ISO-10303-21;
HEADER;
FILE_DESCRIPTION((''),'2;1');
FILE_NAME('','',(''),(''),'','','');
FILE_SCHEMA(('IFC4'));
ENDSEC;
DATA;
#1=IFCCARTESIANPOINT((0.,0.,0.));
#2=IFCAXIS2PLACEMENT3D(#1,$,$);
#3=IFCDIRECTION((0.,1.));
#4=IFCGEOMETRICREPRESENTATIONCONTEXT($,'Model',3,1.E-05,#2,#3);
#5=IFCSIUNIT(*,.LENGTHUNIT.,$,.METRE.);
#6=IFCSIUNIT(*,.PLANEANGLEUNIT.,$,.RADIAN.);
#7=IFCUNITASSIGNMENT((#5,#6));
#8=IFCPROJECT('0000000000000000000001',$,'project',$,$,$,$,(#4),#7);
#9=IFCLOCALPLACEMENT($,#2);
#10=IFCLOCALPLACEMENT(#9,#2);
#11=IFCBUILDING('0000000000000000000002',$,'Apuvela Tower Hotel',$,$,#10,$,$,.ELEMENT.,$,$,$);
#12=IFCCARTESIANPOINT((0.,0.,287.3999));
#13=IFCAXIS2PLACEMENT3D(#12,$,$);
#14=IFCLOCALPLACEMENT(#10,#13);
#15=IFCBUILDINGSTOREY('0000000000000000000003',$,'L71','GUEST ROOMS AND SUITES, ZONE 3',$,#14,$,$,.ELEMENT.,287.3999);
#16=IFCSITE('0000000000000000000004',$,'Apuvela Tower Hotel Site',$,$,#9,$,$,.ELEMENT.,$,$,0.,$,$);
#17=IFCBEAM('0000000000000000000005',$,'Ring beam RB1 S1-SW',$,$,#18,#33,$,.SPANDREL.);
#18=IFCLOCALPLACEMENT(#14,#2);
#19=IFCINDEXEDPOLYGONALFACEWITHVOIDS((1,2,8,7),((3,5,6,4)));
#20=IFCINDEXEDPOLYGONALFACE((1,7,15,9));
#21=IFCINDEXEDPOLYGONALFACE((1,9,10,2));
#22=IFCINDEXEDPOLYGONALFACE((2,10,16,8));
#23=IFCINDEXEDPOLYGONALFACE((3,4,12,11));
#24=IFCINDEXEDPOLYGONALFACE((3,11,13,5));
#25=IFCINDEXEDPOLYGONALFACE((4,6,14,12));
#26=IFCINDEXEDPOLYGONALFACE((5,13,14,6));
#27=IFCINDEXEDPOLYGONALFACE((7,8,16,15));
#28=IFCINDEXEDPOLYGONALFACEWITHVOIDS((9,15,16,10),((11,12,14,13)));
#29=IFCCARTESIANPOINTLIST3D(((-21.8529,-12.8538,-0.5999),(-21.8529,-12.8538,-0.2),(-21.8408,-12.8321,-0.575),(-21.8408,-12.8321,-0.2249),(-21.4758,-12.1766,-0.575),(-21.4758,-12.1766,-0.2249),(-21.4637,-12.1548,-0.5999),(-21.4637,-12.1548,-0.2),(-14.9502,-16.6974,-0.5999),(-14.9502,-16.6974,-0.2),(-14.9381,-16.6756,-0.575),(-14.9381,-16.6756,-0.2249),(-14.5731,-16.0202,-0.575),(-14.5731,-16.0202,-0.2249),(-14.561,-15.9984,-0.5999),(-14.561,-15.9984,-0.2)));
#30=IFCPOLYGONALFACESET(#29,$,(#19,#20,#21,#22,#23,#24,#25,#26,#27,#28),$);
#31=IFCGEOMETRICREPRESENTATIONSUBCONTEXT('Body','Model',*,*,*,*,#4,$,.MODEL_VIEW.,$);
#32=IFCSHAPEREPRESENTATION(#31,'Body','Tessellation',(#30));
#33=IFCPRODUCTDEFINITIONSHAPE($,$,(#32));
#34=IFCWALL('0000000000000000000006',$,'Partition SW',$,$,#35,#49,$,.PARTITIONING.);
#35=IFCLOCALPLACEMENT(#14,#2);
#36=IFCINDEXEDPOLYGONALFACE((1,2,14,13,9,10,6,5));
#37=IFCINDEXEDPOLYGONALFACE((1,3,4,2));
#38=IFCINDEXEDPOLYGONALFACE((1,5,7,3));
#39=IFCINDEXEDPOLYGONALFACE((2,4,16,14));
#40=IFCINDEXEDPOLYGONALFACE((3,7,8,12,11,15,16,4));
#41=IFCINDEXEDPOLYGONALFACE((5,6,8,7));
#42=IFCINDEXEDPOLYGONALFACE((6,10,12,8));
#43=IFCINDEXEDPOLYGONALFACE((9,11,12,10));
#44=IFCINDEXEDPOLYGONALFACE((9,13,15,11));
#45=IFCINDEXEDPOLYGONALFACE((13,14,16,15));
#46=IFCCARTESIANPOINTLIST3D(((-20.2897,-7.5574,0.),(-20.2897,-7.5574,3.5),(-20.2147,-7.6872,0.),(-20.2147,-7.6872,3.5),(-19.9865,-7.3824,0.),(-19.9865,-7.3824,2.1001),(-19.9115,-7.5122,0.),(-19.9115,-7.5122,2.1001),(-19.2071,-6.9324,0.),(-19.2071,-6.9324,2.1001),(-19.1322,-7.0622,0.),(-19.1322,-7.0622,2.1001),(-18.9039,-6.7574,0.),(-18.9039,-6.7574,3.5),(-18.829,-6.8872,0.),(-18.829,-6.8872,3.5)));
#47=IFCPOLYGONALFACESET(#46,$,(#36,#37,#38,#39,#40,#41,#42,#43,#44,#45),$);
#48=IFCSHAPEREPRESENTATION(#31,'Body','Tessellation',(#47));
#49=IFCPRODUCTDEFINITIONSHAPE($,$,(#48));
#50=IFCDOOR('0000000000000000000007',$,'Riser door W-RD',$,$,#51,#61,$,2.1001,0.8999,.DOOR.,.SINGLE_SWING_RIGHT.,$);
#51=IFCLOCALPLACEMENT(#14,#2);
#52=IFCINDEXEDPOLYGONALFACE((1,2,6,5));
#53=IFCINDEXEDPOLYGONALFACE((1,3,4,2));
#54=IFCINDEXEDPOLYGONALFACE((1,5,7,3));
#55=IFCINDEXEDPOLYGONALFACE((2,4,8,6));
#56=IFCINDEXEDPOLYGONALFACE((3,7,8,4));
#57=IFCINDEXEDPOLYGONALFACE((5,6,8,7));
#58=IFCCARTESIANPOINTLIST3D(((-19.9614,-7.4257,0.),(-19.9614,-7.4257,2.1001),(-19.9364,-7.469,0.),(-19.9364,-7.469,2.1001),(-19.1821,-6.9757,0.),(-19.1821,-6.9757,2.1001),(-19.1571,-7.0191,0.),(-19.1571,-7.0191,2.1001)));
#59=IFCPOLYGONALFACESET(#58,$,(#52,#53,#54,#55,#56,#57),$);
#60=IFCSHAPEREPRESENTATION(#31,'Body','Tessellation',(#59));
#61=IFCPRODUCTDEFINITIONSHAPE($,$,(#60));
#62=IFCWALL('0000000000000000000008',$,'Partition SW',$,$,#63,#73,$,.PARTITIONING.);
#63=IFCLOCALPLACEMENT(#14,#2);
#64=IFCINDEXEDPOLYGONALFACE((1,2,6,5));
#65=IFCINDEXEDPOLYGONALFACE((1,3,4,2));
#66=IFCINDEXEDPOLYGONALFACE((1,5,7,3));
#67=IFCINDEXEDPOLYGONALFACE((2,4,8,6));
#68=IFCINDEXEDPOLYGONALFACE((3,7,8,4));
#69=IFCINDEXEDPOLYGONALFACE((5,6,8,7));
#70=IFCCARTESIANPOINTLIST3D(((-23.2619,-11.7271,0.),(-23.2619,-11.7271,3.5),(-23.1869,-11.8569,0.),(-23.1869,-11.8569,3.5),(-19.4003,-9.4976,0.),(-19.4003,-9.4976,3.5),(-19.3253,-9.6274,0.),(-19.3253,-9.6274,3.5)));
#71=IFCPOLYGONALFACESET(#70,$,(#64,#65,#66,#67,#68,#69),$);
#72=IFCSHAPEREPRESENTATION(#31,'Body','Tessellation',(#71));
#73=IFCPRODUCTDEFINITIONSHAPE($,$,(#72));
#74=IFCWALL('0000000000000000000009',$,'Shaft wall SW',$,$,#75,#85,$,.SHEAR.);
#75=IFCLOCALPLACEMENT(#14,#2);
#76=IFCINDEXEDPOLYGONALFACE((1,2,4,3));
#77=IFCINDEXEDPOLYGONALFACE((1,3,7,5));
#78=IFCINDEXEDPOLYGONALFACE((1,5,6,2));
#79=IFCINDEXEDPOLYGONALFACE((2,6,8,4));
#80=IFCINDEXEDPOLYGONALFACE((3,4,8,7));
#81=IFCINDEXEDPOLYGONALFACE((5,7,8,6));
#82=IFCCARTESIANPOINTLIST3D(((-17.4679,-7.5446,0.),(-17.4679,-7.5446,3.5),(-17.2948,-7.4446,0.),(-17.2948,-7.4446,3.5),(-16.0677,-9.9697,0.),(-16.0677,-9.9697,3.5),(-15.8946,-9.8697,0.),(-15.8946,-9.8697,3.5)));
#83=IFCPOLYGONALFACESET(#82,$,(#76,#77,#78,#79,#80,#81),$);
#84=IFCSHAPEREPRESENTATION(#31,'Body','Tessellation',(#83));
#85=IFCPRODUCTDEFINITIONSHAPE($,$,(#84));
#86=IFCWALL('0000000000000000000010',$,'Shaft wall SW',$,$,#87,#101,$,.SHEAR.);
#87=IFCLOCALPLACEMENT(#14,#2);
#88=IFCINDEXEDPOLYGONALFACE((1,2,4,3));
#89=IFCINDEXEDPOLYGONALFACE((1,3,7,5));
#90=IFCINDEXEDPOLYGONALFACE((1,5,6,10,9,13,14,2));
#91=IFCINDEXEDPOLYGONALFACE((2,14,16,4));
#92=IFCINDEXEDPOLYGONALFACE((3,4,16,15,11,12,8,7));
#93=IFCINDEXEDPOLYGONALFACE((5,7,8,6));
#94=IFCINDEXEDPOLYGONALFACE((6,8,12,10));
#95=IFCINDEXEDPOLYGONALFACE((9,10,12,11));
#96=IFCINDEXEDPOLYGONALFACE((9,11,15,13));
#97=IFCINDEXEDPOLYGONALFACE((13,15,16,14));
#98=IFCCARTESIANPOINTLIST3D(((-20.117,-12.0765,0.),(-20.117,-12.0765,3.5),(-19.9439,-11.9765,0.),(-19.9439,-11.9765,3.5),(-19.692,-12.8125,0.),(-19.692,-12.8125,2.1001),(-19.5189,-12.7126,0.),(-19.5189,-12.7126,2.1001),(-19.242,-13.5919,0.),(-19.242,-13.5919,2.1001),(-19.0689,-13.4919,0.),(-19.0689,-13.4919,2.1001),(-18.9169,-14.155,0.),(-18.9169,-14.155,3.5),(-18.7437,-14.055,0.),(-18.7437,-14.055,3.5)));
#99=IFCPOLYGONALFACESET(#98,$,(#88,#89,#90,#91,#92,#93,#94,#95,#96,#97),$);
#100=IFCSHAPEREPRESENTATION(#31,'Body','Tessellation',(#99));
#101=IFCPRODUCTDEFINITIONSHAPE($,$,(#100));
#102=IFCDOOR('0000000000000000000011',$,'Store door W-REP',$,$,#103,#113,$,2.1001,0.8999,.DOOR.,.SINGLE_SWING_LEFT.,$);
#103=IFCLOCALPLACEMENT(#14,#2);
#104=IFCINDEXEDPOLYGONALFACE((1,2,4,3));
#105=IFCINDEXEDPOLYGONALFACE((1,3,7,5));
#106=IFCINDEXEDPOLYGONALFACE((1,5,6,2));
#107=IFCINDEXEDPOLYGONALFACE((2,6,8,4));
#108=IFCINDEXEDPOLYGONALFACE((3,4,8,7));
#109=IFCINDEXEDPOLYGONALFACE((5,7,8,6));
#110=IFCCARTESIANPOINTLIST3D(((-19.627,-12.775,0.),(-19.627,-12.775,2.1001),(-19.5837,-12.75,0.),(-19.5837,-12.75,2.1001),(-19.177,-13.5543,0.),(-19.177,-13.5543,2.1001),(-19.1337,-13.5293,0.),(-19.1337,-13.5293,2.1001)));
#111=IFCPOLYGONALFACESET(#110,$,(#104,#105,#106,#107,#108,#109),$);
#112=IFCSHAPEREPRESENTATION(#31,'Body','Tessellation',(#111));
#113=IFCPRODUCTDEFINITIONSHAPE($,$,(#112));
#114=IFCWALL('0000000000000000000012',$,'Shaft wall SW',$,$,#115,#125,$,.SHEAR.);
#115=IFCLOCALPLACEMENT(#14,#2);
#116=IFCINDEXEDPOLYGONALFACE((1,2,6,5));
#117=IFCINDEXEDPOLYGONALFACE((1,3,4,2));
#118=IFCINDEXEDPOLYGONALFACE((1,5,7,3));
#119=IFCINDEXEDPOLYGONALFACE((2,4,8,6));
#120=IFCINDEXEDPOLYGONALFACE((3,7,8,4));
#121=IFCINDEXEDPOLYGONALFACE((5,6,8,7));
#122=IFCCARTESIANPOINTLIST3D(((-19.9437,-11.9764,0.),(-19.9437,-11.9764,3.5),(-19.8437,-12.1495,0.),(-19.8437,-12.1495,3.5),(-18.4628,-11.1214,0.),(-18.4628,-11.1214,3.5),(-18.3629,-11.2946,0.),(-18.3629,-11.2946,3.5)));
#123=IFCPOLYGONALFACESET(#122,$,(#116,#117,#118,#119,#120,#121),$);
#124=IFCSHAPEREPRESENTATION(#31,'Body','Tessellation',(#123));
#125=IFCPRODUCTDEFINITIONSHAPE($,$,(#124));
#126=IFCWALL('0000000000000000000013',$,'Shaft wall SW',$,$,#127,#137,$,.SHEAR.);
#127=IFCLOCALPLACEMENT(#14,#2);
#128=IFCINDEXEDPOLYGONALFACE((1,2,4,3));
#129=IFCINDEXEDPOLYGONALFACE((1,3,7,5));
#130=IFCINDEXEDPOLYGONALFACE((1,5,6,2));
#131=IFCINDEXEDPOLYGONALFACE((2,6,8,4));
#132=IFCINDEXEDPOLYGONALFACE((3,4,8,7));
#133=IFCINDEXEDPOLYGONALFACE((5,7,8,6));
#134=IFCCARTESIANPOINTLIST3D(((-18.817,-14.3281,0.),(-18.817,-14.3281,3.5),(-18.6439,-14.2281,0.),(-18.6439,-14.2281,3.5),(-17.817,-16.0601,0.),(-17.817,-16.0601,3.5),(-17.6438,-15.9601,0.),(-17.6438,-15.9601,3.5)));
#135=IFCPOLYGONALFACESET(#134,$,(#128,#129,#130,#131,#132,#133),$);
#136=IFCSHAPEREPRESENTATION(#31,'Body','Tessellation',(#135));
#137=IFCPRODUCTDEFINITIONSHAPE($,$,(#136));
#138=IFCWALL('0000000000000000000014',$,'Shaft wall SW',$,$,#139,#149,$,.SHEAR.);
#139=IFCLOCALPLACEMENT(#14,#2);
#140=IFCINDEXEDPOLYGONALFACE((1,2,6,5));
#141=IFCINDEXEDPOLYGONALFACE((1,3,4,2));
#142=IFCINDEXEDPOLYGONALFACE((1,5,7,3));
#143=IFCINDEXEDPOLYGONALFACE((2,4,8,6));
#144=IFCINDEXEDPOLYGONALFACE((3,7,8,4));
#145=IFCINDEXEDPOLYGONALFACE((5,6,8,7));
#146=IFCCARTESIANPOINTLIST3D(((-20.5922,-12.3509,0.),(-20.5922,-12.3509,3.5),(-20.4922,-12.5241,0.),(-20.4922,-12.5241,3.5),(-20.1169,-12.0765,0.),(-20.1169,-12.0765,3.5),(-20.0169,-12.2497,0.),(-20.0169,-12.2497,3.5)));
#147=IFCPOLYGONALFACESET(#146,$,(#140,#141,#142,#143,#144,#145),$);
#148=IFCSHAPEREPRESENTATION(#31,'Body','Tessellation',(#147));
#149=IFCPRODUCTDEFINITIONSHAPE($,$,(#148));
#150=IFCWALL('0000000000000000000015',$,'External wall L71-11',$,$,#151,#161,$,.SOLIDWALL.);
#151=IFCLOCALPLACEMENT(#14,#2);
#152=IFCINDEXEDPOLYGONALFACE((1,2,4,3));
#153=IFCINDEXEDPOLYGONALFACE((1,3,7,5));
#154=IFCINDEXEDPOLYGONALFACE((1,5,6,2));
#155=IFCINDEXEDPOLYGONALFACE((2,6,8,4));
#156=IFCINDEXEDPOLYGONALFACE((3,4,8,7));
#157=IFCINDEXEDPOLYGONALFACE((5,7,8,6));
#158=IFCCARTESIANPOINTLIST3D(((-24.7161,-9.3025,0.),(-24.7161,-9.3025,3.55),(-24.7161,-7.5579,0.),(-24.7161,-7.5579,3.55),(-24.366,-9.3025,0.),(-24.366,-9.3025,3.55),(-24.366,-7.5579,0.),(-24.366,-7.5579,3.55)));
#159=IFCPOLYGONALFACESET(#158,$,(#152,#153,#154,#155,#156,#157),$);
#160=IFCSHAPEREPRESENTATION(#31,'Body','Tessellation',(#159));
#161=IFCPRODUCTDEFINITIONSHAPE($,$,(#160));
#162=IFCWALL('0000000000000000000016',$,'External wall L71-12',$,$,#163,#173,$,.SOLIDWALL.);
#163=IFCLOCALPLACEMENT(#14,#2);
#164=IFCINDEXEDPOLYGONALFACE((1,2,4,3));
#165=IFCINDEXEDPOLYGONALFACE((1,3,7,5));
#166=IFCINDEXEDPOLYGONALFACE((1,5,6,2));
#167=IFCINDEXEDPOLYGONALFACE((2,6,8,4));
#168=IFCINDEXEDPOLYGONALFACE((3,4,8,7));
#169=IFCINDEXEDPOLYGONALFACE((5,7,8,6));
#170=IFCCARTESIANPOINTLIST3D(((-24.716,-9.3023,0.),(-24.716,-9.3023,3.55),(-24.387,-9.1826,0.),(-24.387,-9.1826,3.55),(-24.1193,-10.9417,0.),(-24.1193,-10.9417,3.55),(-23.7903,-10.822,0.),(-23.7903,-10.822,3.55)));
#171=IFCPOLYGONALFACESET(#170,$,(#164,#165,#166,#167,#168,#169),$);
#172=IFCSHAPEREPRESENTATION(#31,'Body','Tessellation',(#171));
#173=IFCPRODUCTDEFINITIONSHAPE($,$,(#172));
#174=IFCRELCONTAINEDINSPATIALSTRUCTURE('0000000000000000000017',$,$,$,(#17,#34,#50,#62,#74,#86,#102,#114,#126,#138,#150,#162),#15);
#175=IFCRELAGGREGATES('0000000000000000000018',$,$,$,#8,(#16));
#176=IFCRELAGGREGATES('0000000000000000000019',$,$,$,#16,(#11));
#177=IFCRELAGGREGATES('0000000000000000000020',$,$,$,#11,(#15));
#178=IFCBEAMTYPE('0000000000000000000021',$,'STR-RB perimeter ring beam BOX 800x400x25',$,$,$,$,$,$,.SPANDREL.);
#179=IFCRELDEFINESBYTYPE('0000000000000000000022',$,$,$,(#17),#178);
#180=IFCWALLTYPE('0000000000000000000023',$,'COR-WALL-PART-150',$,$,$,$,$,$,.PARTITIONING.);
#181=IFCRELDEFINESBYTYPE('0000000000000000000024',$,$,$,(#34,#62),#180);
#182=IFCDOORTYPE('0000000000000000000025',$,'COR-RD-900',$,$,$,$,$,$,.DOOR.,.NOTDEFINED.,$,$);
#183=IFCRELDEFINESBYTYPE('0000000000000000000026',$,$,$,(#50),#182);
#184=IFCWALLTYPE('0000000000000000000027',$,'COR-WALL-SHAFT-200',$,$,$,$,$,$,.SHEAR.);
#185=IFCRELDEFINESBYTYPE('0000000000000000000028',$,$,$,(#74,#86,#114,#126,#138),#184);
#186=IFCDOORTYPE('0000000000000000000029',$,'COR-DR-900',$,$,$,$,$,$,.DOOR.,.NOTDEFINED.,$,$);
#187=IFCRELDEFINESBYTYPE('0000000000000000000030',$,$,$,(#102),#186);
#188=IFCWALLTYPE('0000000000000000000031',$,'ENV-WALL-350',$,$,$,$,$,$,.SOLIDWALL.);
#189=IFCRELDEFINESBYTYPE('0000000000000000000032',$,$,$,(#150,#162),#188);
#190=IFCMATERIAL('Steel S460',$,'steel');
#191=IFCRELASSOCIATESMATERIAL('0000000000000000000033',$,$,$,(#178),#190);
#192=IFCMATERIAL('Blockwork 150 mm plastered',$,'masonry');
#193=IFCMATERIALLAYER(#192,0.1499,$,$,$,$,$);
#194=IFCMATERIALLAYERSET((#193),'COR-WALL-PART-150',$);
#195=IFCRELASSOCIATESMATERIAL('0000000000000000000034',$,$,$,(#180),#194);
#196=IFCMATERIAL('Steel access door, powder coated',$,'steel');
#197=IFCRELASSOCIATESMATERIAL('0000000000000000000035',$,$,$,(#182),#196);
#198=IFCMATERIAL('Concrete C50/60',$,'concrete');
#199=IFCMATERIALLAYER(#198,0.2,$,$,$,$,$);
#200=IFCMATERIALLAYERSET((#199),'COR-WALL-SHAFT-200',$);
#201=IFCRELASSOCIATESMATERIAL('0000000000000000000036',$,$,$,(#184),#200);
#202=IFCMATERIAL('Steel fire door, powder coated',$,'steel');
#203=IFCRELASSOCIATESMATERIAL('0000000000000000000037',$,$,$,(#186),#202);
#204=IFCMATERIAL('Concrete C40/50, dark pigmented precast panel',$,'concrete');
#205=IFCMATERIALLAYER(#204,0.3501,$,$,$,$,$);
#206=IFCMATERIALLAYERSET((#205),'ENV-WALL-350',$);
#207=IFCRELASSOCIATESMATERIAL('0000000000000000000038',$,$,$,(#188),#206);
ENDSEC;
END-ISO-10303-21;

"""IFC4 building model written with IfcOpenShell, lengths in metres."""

from ifc_helpers import new_model, si_unit, direction, frame, frame_2d, origin, origin_2d, place, context, subcontext, project, spatial, rectangle, hollow_rectangle, extrude, material, layer, layer_set, material_profile, profile_set, type_object, element, fill, save


model = new_model("IFC4")

# Units and contexts
model_context = context("Model", 3, precision=1e-05, world=origin(), true_north=direction((0.0, 1.0)))
body_context = subcontext(model_context, "Body", "Model", "MODEL_VIEW")
ifc_project = project(units=[si_unit("LENGTHUNIT", "METRE"), si_unit("PLANEANGLEUNIT", "RADIAN")], contexts=[model_context])

# Site, building, storey
site_placement = place(None, origin())
site = spatial("IfcSite", under=ifc_project, at=site_placement, Name="Apuvela Tower Hotel Site", CompositionType="ELEMENT", RefElevation=0.0)
building_placement = place(site_placement, origin())
building = spatial("IfcBuilding", under=site, at=building_placement, Name="Apuvela Tower Hotel", CompositionType="ELEMENT")
storey_placement = place(building_placement, frame((0.0, 0.0, 287.3999)))
storey = spatial("IfcBuildingStorey", under=building, at=storey_placement, Name="L71", Description="GUEST ROOMS AND SUITES, ZONE 3", CompositionType="ELEMENT", Elevation=287.3999)

# Shared definitions
ifc_material_1 = material(Name="Steel S460", Category="steel")

# Beam
ifc_material_profile_1 = material_profile(ifc_material_1, hollow_rectangle(XDim=0.8, YDim=0.3999, WallThickness=0.0249, at=origin_2d()), Name="BOX 800x400x25")
ifc_profile_set_1 = profile_set([ifc_material_profile_1], Name="Steel S460")
beam_type = type_object("IfcBeamType", Name="STR-RB perimeter ring beam BOX 800x400x25", PredefinedType="SPANDREL", material=ifc_profile_set_1)
beam_placement = place(storey_placement, frame((-14.7556, -16.3479, -0.3999), z_axis=(-0.873688, 0.486488, 0.0), x_axis=(-0.486488, -0.873688, 0.0)))
element("IfcBeam", 1, at=beam_placement, inside=storey, type_object=beam_type, Name="Ring beam RB1 S1-SW", PredefinedType="SPANDREL", context=body_context, shape_type="SweptSolid", body=[
    extrude(hollow_rectangle(XDim=0.8, YDim=0.3999, WallThickness=0.0249, at=origin_2d()), origin(), (0.0, 0.0, 1.0), 7.9006),
])

# Wall, opening, door
ifc_material_2 = material(Name="Blockwork 150 mm plastered", Category="masonry")
ifc_layer_1 = layer(ifc_material_2, 0.1499)
ifc_layer_set_1 = layer_set([ifc_layer_1], Name="COR-WALL-PART-150")
wall_type_1 = type_object("IfcWallType", Name="COR-WALL-PART-150", PredefinedType="PARTITIONING", material=ifc_layer_set_1)
wall_1_placement = place(storey_placement, frame((-18.8665, -6.8223, 0.0), z_axis=(0.0, 0.0, 1.0), x_axis=(-0.866028, -0.499995, 0.0)))
wall_1 = element("IfcWall", 2, at=wall_1_placement, inside=storey, type_object=wall_type_1, Name="Partition SW", PredefinedType="PARTITIONING", context=body_context, shape_type="SweptSolid", body=[
    extrude(rectangle(XDim=1.6001, YDim=0.1499, at=frame_2d((0.8, 0.0))), origin(), (0.0, 0.0, 1.0), 3.5),
])
opening_1_placement = place(wall_1_placement, frame((0.3501, 0.0, 0.0)))
opening_1 = element("IfcOpeningElement", 3, at=opening_1_placement, cuts=wall_1, PredefinedType="OPENING", context=body_context, shape_type="SweptSolid", body=[
    extrude(rectangle(XDim=0.8999, YDim=2.1001, at=frame_2d((0.45, 1.05))), frame((0.0, 0.085, 0.0), z_axis=(0.0, -1.0, 0.0), x_axis=(1.0, 0.0, 0.0)), (0.0, 0.0, 1.0), 0.1699),
])
ifc_material_3 = material(Name="Steel access door, powder coated", Category="steel")
door_type_1 = type_object("IfcDoorType", Name="COR-RD-900", OperationType="NOTDEFINED", PredefinedType="DOOR", material=ifc_material_3)
door_1_placement = place(opening_1_placement, frame((0.8999, 0.0, 0.0), z_axis=(0.0, 0.0, 1.0), x_axis=(-1.0, 0.0, 0.0)))
door_1 = element("IfcDoor", 4, at=door_1_placement, inside=storey, type_object=door_type_1, Name="Riser door W-RD", OperationType="SINGLE_SWING_RIGHT", OverallHeight=2.1001, OverallWidth=0.8999, PredefinedType="DOOR", context=body_context, shape_type="SweptSolid", body=[
    extrude(rectangle(XDim=0.8999, YDim=2.1001, at=frame_2d((0.45, 1.05))), frame((0.0, 0.0249, 0.0), z_axis=(0.0, -1.0, 0.0), x_axis=(1.0, 0.0, 0.0)), (0.0, 0.0, 1.0), 0.05),
])
fill(opening_1, door_1)

# Walls
wall_2_placement = place(storey_placement, frame((-19.3628, -9.5625, 0.0), z_axis=(0.0, 0.0, 1.0), x_axis=(-0.866024, -0.500002, 0.0)))
element("IfcWall", 5, at=wall_2_placement, inside=storey, type_object=wall_type_1, Name="Partition SW", PredefinedType="PARTITIONING", context=body_context, shape_type="SweptSolid", body=[
    extrude(rectangle(XDim=4.459, YDim=0.1499, at=frame_2d((2.2295, 0.0))), origin(), (0.0, 0.0, 1.0), 3.5),
])
ifc_material_4 = material(Name="Concrete C50/60", Category="concrete")
ifc_layer_2 = layer(ifc_material_4, 0.2)
ifc_layer_set_2 = layer_set([ifc_layer_2], Name="COR-WALL-SHAFT-200")
wall_type_2 = type_object("IfcWallType", Name="COR-WALL-SHAFT-200", PredefinedType="SHEAR", material=ifc_layer_set_2)
wall_3_placement = place(storey_placement, frame((-17.3813, -7.4946, 0.0), z_axis=(0.0, 0.0, 1.0), x_axis=(0.500012, -0.866019, 0.0)))
element("IfcWall", 6, at=wall_3_placement, inside=storey, type_object=wall_type_2, Name="Shaft wall SW", PredefinedType="SHEAR", context=body_context, shape_type="SweptSolid", body=[
    extrude(rectangle(XDim=2.8003, YDim=0.2, at=frame_2d((1.4001, 0.0))), origin(), (0.0, 0.0, 1.0), 3.5),
])

# Wall, opening, door
wall_4_placement = place(storey_placement, frame((-20.0305, -12.0264, 0.0), z_axis=(0.0, 0.0, 1.0), x_axis=(0.500034, -0.866006, 0.0)))
wall_4 = element("IfcWall", 7, at=wall_4_placement, inside=storey, type_object=wall_type_2, Name="Shaft wall SW", PredefinedType="SHEAR", context=body_context, shape_type="SweptSolid", body=[
    extrude(rectangle(XDim=2.4001, YDim=0.2, at=frame_2d((1.2002, 0.0))), origin(), (0.0, 0.0, 1.0), 3.5),
])
opening_2_placement = place(wall_4_placement, frame((0.8501, 0.0, 0.0)))
opening_2 = element("IfcOpeningElement", 8, at=opening_2_placement, cuts=wall_4, PredefinedType="OPENING", context=body_context, shape_type="SweptSolid", body=[
    extrude(rectangle(XDim=0.8999, YDim=2.1001, at=frame_2d((0.45, 1.05))), frame((0.0, 0.1099, 0.0), z_axis=(0.0, -1.0, 0.0), x_axis=(1.0, 0.0, 0.0)), (0.0, 0.0, 1.0), 0.22),
])
ifc_material_5 = material(Name="Steel fire door, powder coated", Category="steel")
door_type_2 = type_object("IfcDoorType", Name="COR-DR-900", OperationType="NOTDEFINED", PredefinedType="DOOR", material=ifc_material_5)
door_2_placement = place(opening_2_placement, frame((0.8999, 0.0, 0.0), z_axis=(0.0, 0.0, 1.0), x_axis=(-1.0, 0.0, 0.0)))
door_2 = element("IfcDoor", 9, at=door_2_placement, inside=storey, type_object=door_type_2, Name="Store door W-REP", OperationType="SINGLE_SWING_LEFT", OverallHeight=2.1001, OverallWidth=0.8999, PredefinedType="DOOR", context=body_context, shape_type="SweptSolid", body=[
    extrude(rectangle(XDim=0.8999, YDim=2.1001, at=frame_2d((0.45, 1.05))), frame((0.0, 0.0249, 0.0), z_axis=(0.0, -1.0, 0.0), x_axis=(1.0, 0.0, 0.0)), (0.0, 0.0, 1.0), 0.05),
])
fill(opening_2, door_2)

# Walls
wall_5_placement = place(storey_placement, frame((-18.4128, -11.208, 0.0), z_axis=(0.0, 0.0, 1.0), x_axis=(-0.866038, -0.499978, 0.0)))
element("IfcWall", 10, at=wall_5_placement, inside=storey, type_object=wall_type_2, Name="Shaft wall SW", PredefinedType="SHEAR", context=body_context, shape_type="SweptSolid", body=[
    extrude(rectangle(XDim=1.71, YDim=0.2, at=frame_2d((0.855, 0.0))), origin(), (0.0, 0.0, 1.0), 3.5),
])
wall_6_placement = place(storey_placement, frame((-18.7305, -14.2781, 0.0), z_axis=(0.0, 0.0, 1.0), x_axis=(0.500025, -0.866011, 0.0)))
element("IfcWall", 11, at=wall_6_placement, inside=storey, type_object=wall_type_2, Name="Shaft wall SW", PredefinedType="SHEAR", context=body_context, shape_type="SweptSolid", body=[
    extrude(rectangle(XDim=2.0, YDim=0.2, at=frame_2d((1.0, 0.0))), origin(), (0.0, 0.0, 1.0), 3.5),
])
wall_7_placement = place(storey_placement, frame((-20.0669, -12.1631, 0.0), z_axis=(0.0, 0.0, 1.0), x_axis=(-0.866045, -0.499966, 0.0)))
element("IfcWall", 12, at=wall_7_placement, inside=storey, type_object=wall_type_2, Name="Shaft wall SW", PredefinedType="SHEAR", context=body_context, shape_type="SweptSolid", body=[
    extrude(rectangle(XDim=0.5488, YDim=0.2, at=frame_2d((0.2744, 0.0))), origin(), (0.0, 0.0, 1.0), 3.5),
])
ifc_material_6 = material(Name="Concrete C40/50, dark pigmented precast panel", Category="concrete")
ifc_layer_3 = layer(ifc_material_6, 0.3501)
ifc_layer_set_3 = layer_set([ifc_layer_3], Name="ENV-WALL-350")
wall_type_3 = type_object("IfcWallType", Name="ENV-WALL-350", PredefinedType="SOLIDWALL", material=ifc_layer_set_3)
for number, where, z_axis, x_axis, name in (
    (13, (-24.541, -7.5579, 0.0), (0.0, 0.0, 1.0), (0.0, -1.0, 0.0), "External wall L71-11"),
    (14, (-24.5515, -9.2424, 0.0), (0.0, 0.0, 1.0), (0.342013, -0.939695, 0.0), "External wall L71-12"),
):
    element("IfcWall", number, at=place(storey_placement, frame(where, z_axis=z_axis, x_axis=x_axis)), inside=storey, type_object=wall_type_3, Name=name, PredefinedType="SOLIDWALL", context=body_context, shape_type="SweptSolid", body=[
        extrude(rectangle(XDim=1.7446, YDim=0.3501, at=frame_2d((0.8723, 0.0))), origin(), (0.0, 0.0, 1.0), 3.55),
    ])

save(model, "model.ifc")
